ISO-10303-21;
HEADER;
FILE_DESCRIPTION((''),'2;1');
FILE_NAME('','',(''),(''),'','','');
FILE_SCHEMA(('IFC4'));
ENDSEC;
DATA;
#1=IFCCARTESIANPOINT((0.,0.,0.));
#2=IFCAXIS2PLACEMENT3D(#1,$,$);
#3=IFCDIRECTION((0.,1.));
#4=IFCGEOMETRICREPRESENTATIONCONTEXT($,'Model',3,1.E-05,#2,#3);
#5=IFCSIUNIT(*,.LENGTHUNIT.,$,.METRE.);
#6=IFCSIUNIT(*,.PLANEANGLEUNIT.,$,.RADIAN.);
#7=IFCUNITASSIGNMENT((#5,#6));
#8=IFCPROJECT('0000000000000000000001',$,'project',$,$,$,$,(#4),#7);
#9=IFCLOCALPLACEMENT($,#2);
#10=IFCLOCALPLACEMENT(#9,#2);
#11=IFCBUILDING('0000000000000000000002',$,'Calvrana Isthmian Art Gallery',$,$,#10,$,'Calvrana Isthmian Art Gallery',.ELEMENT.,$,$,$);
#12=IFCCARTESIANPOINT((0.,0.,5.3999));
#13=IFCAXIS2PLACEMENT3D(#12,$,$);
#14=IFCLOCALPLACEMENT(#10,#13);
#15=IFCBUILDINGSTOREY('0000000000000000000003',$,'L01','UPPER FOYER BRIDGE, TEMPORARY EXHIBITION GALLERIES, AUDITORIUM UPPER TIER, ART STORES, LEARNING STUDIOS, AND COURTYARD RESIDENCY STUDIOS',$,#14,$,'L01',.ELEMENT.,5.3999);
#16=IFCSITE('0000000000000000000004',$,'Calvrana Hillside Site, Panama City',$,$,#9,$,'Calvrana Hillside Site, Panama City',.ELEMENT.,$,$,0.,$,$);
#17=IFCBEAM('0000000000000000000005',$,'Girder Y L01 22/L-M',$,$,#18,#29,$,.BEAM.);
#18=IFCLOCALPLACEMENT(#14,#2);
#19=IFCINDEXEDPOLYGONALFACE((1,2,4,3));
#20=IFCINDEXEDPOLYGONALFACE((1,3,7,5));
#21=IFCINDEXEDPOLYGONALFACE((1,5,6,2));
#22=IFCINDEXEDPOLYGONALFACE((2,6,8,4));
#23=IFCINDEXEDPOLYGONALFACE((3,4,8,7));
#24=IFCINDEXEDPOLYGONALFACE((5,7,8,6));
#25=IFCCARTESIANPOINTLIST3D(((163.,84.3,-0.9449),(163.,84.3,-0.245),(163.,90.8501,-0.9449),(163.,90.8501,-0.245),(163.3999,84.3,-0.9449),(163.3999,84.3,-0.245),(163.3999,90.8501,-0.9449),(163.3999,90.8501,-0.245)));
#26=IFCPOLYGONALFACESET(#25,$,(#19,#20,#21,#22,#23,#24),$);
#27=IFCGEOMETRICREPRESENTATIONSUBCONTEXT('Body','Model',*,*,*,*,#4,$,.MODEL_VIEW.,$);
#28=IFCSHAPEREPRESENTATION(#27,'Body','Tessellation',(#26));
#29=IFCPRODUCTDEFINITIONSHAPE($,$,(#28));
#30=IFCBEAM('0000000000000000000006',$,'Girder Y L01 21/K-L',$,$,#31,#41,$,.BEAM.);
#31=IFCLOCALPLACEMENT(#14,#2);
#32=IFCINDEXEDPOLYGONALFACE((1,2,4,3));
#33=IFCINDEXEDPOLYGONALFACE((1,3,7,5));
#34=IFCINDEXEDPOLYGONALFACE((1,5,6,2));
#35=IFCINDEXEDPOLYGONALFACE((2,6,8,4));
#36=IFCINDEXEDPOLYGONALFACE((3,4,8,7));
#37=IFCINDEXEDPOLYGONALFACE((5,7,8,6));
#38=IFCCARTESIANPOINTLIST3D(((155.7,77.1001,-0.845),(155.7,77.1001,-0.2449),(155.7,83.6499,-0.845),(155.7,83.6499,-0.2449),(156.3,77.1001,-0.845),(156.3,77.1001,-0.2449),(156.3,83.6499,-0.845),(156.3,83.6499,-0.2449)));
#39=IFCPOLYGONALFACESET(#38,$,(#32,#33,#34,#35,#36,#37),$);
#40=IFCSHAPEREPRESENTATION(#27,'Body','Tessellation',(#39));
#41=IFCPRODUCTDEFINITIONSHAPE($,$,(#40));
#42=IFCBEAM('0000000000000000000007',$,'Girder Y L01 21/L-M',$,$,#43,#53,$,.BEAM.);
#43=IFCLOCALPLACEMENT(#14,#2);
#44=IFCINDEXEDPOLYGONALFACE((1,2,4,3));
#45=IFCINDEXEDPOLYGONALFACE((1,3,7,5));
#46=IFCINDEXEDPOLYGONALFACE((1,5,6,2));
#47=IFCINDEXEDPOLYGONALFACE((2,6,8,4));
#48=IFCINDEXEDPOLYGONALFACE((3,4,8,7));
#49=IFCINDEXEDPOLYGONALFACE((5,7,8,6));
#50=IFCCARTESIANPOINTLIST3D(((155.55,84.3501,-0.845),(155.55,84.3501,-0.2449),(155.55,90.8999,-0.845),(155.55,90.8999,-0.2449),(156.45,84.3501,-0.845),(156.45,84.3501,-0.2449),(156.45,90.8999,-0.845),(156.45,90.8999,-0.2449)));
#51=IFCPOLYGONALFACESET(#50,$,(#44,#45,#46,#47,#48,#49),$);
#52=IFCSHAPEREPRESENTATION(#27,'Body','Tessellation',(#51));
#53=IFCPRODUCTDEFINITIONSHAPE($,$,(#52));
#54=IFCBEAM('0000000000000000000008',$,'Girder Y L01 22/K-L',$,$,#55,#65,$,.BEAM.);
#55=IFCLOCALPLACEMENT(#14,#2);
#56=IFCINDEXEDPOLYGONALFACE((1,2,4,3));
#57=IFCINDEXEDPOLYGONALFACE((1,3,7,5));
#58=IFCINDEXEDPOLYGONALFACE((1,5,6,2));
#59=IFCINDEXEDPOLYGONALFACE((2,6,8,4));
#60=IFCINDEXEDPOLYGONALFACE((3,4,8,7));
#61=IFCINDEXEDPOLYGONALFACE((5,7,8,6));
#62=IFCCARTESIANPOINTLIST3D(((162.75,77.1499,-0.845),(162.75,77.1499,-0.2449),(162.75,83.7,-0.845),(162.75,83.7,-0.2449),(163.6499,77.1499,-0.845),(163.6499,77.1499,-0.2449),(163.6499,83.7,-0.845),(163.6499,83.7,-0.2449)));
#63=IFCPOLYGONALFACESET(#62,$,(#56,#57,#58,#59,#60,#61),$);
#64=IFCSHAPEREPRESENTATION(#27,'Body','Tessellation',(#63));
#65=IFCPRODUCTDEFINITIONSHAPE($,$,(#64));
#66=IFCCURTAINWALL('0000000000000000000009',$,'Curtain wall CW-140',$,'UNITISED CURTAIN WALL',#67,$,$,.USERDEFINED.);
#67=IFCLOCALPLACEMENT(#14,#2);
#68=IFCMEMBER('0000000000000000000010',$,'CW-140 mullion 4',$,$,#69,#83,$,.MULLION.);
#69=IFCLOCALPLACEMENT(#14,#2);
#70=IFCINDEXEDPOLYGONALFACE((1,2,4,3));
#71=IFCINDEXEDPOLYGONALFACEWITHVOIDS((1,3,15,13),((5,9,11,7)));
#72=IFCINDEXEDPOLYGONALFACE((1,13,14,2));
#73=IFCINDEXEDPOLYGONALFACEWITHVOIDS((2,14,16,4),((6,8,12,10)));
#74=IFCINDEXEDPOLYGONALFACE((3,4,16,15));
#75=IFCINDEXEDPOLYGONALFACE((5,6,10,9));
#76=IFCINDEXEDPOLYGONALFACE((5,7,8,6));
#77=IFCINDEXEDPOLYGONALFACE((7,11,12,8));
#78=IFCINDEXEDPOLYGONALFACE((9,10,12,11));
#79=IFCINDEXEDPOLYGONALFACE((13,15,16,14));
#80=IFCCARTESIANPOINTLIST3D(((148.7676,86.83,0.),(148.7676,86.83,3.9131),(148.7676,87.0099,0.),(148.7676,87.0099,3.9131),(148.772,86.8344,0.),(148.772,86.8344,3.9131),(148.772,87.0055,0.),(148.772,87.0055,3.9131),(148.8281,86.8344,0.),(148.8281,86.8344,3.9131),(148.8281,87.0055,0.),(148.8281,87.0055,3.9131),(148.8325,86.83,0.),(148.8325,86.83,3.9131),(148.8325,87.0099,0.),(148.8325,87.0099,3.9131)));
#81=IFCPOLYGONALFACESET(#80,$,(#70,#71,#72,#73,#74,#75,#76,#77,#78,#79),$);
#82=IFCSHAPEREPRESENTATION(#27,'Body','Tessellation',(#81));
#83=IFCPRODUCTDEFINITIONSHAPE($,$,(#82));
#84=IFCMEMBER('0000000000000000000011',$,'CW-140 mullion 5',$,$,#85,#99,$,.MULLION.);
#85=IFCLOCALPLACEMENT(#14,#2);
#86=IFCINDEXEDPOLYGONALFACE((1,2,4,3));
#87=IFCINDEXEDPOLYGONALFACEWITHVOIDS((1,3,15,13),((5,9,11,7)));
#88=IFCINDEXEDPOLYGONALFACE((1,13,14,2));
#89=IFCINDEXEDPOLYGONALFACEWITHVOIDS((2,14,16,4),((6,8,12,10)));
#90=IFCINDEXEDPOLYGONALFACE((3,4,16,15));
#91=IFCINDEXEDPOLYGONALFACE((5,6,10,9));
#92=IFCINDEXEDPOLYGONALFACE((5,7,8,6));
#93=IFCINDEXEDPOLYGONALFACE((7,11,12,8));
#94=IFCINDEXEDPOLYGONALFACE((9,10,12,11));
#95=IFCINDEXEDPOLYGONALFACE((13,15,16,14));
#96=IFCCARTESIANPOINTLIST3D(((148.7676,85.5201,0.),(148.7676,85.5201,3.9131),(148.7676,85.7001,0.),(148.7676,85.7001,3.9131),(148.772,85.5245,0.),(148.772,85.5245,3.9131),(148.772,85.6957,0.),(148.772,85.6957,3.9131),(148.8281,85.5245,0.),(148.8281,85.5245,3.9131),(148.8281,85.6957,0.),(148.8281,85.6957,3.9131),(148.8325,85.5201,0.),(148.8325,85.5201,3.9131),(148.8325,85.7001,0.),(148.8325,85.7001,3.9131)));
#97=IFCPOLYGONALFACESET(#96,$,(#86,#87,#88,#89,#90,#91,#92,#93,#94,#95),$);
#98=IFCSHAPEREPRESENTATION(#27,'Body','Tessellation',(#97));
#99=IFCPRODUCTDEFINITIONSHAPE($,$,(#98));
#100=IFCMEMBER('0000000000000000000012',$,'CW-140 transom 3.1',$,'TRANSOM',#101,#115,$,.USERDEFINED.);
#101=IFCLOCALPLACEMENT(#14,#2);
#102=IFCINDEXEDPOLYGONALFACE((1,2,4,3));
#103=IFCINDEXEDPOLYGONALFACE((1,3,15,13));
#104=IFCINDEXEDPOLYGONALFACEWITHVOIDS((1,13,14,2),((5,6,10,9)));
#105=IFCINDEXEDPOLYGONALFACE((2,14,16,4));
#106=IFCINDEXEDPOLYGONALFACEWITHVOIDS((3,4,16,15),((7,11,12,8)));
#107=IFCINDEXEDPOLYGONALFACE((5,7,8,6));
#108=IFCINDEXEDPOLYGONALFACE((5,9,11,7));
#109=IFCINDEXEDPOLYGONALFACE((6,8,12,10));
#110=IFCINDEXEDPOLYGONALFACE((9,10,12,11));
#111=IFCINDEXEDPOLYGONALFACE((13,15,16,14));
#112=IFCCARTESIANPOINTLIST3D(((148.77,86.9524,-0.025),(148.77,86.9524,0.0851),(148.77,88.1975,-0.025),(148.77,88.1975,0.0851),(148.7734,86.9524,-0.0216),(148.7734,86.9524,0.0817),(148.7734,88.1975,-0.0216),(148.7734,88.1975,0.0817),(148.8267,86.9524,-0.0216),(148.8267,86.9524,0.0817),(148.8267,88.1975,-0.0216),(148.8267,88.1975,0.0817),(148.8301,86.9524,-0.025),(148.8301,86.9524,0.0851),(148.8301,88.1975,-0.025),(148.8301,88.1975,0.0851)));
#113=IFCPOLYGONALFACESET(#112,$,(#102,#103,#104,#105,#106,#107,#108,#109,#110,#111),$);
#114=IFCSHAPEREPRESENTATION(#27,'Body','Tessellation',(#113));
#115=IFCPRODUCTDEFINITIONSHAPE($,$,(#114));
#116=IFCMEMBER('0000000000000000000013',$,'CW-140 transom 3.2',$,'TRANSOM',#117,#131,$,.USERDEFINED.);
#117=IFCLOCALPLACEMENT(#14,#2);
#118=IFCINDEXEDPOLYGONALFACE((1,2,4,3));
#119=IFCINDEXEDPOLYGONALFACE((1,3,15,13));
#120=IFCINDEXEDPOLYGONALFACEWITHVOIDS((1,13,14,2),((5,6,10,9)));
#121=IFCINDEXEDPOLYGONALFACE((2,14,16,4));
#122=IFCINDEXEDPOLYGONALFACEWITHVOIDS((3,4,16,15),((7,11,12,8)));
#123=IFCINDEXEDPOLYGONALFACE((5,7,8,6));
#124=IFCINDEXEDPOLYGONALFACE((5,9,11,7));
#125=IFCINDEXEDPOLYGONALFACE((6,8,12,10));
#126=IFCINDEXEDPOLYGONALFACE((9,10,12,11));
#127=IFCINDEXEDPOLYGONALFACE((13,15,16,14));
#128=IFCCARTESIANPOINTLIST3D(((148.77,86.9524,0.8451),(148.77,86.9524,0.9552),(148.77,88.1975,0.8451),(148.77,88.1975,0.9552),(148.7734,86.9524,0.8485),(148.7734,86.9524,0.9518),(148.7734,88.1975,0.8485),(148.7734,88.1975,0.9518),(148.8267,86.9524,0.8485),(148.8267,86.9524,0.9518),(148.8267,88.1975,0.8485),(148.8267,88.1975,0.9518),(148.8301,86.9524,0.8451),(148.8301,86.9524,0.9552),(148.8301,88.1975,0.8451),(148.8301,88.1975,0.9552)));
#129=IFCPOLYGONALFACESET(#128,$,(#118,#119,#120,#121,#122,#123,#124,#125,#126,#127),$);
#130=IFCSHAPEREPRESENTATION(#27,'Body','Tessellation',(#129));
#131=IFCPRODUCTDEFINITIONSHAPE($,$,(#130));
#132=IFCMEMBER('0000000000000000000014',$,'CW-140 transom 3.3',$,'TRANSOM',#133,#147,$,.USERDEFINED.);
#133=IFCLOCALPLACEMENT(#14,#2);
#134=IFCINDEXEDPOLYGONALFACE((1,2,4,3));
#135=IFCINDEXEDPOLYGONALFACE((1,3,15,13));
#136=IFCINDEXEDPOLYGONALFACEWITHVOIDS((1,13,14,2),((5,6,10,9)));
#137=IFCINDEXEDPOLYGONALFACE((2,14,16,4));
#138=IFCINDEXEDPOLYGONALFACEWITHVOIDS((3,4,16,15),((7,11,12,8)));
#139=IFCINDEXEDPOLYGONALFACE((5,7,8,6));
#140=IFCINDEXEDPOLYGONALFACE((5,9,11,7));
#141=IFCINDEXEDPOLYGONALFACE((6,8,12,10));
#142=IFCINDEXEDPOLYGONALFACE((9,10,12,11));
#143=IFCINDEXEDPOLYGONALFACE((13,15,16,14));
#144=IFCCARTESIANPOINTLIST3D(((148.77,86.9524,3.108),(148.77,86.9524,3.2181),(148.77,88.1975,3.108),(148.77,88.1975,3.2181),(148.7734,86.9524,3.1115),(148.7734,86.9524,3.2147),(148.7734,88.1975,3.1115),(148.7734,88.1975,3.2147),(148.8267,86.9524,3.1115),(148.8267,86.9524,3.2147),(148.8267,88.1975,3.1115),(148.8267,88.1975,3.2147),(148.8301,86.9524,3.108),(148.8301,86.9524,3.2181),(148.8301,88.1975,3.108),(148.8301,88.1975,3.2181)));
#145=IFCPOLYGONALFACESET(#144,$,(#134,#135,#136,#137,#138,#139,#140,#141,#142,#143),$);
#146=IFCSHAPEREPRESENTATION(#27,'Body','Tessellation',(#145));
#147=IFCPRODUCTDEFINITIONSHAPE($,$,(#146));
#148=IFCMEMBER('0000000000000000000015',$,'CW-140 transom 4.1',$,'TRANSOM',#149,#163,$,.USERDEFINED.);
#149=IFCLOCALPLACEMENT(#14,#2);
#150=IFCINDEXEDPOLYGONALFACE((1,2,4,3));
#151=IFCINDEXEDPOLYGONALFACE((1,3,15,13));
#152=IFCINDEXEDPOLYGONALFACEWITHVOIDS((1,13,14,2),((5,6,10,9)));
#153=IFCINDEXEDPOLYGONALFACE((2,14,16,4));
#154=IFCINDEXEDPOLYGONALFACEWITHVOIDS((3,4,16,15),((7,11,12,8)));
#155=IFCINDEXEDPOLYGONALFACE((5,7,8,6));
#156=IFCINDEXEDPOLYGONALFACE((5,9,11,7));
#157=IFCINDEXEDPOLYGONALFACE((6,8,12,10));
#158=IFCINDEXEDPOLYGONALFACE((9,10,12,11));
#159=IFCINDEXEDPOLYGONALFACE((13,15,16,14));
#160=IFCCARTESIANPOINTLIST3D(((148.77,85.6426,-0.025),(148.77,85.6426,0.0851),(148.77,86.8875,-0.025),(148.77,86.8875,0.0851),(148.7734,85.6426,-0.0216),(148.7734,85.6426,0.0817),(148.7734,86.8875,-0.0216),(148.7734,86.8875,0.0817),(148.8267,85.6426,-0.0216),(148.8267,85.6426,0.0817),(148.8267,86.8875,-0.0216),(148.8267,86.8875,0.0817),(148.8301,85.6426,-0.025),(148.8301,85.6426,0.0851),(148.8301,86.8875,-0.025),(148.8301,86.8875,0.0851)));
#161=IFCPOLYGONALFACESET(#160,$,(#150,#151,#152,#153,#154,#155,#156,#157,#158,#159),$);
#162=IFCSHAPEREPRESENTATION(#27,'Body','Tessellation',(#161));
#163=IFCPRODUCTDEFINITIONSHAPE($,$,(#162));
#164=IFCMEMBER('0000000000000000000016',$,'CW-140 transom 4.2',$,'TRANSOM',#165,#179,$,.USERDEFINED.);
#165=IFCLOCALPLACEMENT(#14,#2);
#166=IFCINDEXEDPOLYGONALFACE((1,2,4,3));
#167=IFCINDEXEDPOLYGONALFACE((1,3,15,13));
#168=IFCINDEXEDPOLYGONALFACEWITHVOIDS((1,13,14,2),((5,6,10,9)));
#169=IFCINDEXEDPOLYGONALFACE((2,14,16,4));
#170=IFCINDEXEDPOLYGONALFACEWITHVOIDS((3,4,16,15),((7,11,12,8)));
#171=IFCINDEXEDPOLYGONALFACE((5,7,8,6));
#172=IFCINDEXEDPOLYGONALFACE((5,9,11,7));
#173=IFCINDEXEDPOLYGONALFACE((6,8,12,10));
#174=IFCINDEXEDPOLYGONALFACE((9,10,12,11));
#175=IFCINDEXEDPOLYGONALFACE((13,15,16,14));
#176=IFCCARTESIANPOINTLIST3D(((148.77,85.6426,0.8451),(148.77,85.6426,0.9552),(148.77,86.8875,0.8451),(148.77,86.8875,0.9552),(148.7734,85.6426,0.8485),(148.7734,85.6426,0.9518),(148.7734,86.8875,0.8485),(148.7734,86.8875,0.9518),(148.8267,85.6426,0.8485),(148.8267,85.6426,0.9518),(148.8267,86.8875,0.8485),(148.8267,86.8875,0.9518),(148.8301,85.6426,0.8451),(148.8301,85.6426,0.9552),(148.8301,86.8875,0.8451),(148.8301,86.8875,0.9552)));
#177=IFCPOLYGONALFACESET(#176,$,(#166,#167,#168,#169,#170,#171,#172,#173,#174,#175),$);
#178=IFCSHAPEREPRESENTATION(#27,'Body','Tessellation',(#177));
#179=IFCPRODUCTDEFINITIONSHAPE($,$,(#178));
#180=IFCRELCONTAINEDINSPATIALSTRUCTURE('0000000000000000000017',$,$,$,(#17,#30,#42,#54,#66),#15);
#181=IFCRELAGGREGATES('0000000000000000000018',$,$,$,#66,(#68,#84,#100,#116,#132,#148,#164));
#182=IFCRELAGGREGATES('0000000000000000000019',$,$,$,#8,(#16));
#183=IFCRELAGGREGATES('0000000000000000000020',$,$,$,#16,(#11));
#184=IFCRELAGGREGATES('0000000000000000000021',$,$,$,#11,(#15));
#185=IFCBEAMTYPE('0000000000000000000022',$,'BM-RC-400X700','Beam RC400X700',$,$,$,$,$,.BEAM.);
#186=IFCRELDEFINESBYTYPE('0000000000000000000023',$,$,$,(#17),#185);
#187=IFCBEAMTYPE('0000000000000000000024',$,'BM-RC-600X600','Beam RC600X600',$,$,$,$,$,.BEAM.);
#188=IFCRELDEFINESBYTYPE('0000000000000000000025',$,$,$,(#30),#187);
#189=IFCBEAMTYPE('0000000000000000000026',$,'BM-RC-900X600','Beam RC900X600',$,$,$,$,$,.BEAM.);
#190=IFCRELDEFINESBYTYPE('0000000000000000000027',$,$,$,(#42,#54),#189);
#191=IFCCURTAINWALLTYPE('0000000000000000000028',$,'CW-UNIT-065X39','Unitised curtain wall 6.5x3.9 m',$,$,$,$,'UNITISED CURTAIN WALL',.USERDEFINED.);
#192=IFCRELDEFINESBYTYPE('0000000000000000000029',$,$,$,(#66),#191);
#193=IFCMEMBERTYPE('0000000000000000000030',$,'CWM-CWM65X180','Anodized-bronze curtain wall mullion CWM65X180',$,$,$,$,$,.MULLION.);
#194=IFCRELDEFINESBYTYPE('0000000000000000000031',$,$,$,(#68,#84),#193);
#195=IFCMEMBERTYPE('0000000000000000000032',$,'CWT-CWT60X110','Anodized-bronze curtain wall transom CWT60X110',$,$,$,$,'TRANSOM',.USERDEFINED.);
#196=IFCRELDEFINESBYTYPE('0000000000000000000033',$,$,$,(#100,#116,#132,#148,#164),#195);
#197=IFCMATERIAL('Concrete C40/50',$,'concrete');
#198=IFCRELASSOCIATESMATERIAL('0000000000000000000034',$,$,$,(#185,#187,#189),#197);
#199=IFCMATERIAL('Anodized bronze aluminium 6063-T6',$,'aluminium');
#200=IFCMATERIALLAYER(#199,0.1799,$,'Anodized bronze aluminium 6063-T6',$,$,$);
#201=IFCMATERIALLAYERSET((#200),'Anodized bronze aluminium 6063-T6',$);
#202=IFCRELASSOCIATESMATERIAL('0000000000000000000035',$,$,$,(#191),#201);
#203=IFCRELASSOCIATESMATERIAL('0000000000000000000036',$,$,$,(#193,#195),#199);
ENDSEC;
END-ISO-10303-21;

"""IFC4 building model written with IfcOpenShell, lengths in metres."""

from ifc_helpers import new_model, si_unit, direction, frame, origin, origin_2d, place, context, subcontext, project, spatial, rectangle, hollow_rectangle, extrude, material, layer, layer_set, material_profile, profile_set, type_object, element, aggregate, save


model = new_model("IFC4")

# Units and contexts
model_context = context("Model", 3, precision=1e-05, world=origin(), true_north=direction((0.0, 1.0)))
body_context = subcontext(model_context, "Body", "Model", "MODEL_VIEW")
ifc_project = project(units=[si_unit("LENGTHUNIT", "METRE"), si_unit("PLANEANGLEUNIT", "RADIAN")], contexts=[model_context])

# Site, building, storey
site_placement = place(None, origin())
site = spatial("IfcSite", under=ifc_project, at=site_placement, Name="Calvrana Hillside Site, Panama City", LongName="Calvrana Hillside Site, Panama City", CompositionType="ELEMENT", RefElevation=0.0)
building_placement = place(site_placement, origin())
building = spatial("IfcBuilding", under=site, at=building_placement, Name="Calvrana Isthmian Art Gallery", LongName="Calvrana Isthmian Art Gallery", CompositionType="ELEMENT")
storey_placement = place(building_placement, frame((0.0, 0.0, 5.3999)))
storey = spatial("IfcBuildingStorey", under=building, at=storey_placement, Name="L01", Description="UPPER FOYER BRIDGE, TEMPORARY EXHIBITION GALLERIES, AUDITORIUM UPPER TIER, ART STORES, LEARNING STUDIOS, AND COURTYARD RESIDENCY STUDIOS", LongName="L01", CompositionType="ELEMENT", Elevation=5.3999)

# Beams
ifc_material_1 = material(Name="Concrete C40/50", Category="concrete")
ifc_material_profile_1 = material_profile(ifc_material_1, rectangle(XDim=0.3999, YDim=0.7, at=origin_2d()), Name="RC400X700")
ifc_profile_set_1 = profile_set([ifc_material_profile_1], Name="Concrete C40/50")
beam_type_1 = type_object("IfcBeamType", Name="BM-RC-400X700", Description="Beam RC400X700", PredefinedType="BEAM", material=ifc_profile_set_1)
beam_1_placement = place(storey_placement, frame((163.2, 84.3, -0.595), z_axis=(0.0, 1.0, 0.0), x_axis=(-1.0, 0.0, 0.0)))
element("IfcBeam", 1, at=beam_1_placement, inside=storey, type_object=beam_type_1, Name="Girder Y L01 22/L-M", PredefinedType="BEAM", context=body_context, shape_type="SweptSolid", body=[
    extrude(rectangle(XDim=0.3999, YDim=0.7, at=origin_2d()), origin(), (0.0, 0.0, 1.0), 6.55),
])
ifc_material_profile_2 = material_profile(ifc_material_1, rectangle(XDim=0.6001, YDim=0.6001, at=origin_2d()), Name="RC600X600")
ifc_profile_set_2 = profile_set([ifc_material_profile_2], Name="Concrete C40/50")
beam_type_2 = type_object("IfcBeamType", Name="BM-RC-600X600", Description="Beam RC600X600", PredefinedType="BEAM", material=ifc_profile_set_2)
beam_2_placement = place(storey_placement, frame((156.0, 77.1001, -0.5449), z_axis=(0.0, 1.0, 0.0), x_axis=(-1.0, 0.0, 0.0)))
element("IfcBeam", 2, at=beam_2_placement, inside=storey, type_object=beam_type_2, Name="Girder Y L01 21/K-L", PredefinedType="BEAM", context=body_context, shape_type="SweptSolid", body=[
    extrude(rectangle(XDim=0.6001, YDim=0.6001, at=origin_2d()), origin(), (0.0, 0.0, 1.0), 6.5498),
])
ifc_material_profile_3 = material_profile(ifc_material_1, rectangle(XDim=0.8999, YDim=0.6001, at=origin_2d()), Name="RC900X600")
ifc_profile_set_3 = profile_set([ifc_material_profile_3], Name="Concrete C40/50")
beam_type_3 = type_object("IfcBeamType", Name="BM-RC-900X600", Description="Beam RC900X600", PredefinedType="BEAM", material=ifc_profile_set_3)
beam_3_placement = place(storey_placement, frame((156.0, 84.3501, -0.5449), z_axis=(0.0, 1.0, 0.0), x_axis=(-1.0, 0.0, 0.0)))
element("IfcBeam", 3, at=beam_3_placement, inside=storey, type_object=beam_type_3, Name="Girder Y L01 21/L-M", PredefinedType="BEAM", context=body_context, shape_type="SweptSolid", body=[
    extrude(rectangle(XDim=0.8999, YDim=0.6001, at=origin_2d()), origin(), (0.0, 0.0, 1.0), 6.5498),
])
beam_4_placement = place(storey_placement, frame((163.2, 77.1499, -0.5449), z_axis=(0.0, 1.0, 0.0), x_axis=(-1.0, 0.0, 0.0)))
element("IfcBeam", 4, at=beam_4_placement, inside=storey, type_object=beam_type_3, Name="Girder Y L01 22/K-L", PredefinedType="BEAM", context=body_context, shape_type="SweptSolid", body=[
    extrude(rectangle(XDim=0.8999, YDim=0.6001, at=origin_2d()), origin(), (0.0, 0.0, 1.0), 6.55),
])

# Curtain wall, members
ifc_material_2 = material(Name="Anodized bronze aluminium 6063-T6", Category="aluminium")
ifc_layer_1 = layer(ifc_material_2, 0.1799, Name="Anodized bronze aluminium 6063-T6")
ifc_layer_set_1 = layer_set([ifc_layer_1], Name="Anodized bronze aluminium 6063-T6")
curtain_wall_type = type_object("IfcCurtainWallType", Name="CW-UNIT-065X39", Description="Unitised curtain wall 6.5x3.9 m", ElementType="UNITISED CURTAIN WALL", PredefinedType="USERDEFINED", material=ifc_layer_set_1)
curtain_wall_placement = place(storey_placement, origin())
curtain_wall = element("IfcCurtainWall", 5, at=curtain_wall_placement, inside=storey, type_object=curtain_wall_type, Name="Curtain wall CW-140", ObjectType="UNITISED CURTAIN WALL", PredefinedType="USERDEFINED")
ifc_material_profile_4 = material_profile(ifc_material_2, hollow_rectangle(XDim=0.0649, YDim=0.1799, WallThickness=0.0044, at=origin_2d()), Name="CWM65X180")
ifc_profile_set_4 = profile_set([ifc_material_profile_4], Name="Anodized bronze aluminium 6063-T6")
member_type_1 = type_object("IfcMemberType", Name="CWM-CWM65X180", Description="Anodized-bronze curtain wall mullion CWM65X180", PredefinedType="MULLION", material=ifc_profile_set_4)
member_1_placement = place(storey_placement, frame((148.8, 86.9199, 0.0), z_axis=(0.0, 0.0, 1.0), x_axis=(1.0, 0.0, 0.0)))
member_1 = element("IfcMember", 6, at=member_1_placement, type_object=member_type_1, Name="CW-140 mullion 4", PredefinedType="MULLION", context=body_context, shape_type="SweptSolid", body=[
    extrude(hollow_rectangle(XDim=0.0649, YDim=0.1799, WallThickness=0.0044, at=origin_2d()), origin(), (0.0, 0.0, 1.0), 3.9131),
])
member_2_placement = place(storey_placement, frame((148.8, 85.6101, 0.0), z_axis=(0.0, 0.0, 1.0), x_axis=(1.0, 0.0, 0.0)))
member_2 = element("IfcMember", 7, at=member_2_placement, type_object=member_type_1, Name="CW-140 mullion 5", PredefinedType="MULLION", context=body_context, shape_type="SweptSolid", body=[
    extrude(hollow_rectangle(XDim=0.0649, YDim=0.1799, WallThickness=0.0044, at=origin_2d()), origin(), (0.0, 0.0, 1.0), 3.9131),
])
ifc_material_profile_5 = material_profile(ifc_material_2, hollow_rectangle(XDim=0.0601, YDim=0.1101, WallThickness=0.0034, at=origin_2d()), Name="CWT60X110")
ifc_profile_set_5 = profile_set([ifc_material_profile_5], Name="Anodized bronze aluminium 6063-T6")
member_type_2 = type_object("IfcMemberType", Name="CWT-CWT60X110", Description="Anodized-bronze curtain wall transom CWT60X110", ElementType="TRANSOM", PredefinedType="USERDEFINED", material=ifc_profile_set_5)
member_3_placement = place(storey_placement, frame((148.8, 88.1975, 0.03), z_axis=(0.0, -1.0, 0.0), x_axis=(1.0, 0.0, 0.0)))
member_3 = element("IfcMember", 8, at=member_3_placement, type_object=member_type_2, Name="CW-140 transom 3.1", ObjectType="TRANSOM", PredefinedType="USERDEFINED", context=body_context, shape_type="SweptSolid", body=[
    extrude(hollow_rectangle(XDim=0.0601, YDim=0.1101, WallThickness=0.0034, at=origin_2d()), origin(), (0.0, 0.0, 1.0), 1.2451),
])
member_4_placement = place(storey_placement, frame((148.8, 88.1975, 0.9001), z_axis=(0.0, -1.0, 0.0), x_axis=(1.0, 0.0, 0.0)))
member_4 = element("IfcMember", 9, at=member_4_placement, type_object=member_type_2, Name="CW-140 transom 3.2", ObjectType="TRANSOM", PredefinedType="USERDEFINED", context=body_context, shape_type="SweptSolid", body=[
    extrude(hollow_rectangle(XDim=0.0601, YDim=0.1101, WallThickness=0.0034, at=origin_2d()), origin(), (0.0, 0.0, 1.0), 1.2451),
])
member_5_placement = place(storey_placement, frame((148.8, 88.1975, 3.1631), z_axis=(0.0, -1.0, 0.0), x_axis=(1.0, 0.0, 0.0)))
member_5 = element("IfcMember", 10, at=member_5_placement, type_object=member_type_2, Name="CW-140 transom 3.3", ObjectType="TRANSOM", PredefinedType="USERDEFINED", context=body_context, shape_type="SweptSolid", body=[
    extrude(hollow_rectangle(XDim=0.0601, YDim=0.1101, WallThickness=0.0034, at=origin_2d()), origin(), (0.0, 0.0, 1.0), 1.2451),
])
member_6_placement = place(storey_placement, frame((148.8, 86.8875, 0.03), z_axis=(0.0, -1.0, 0.0), x_axis=(1.0, 0.0, 0.0)))
member_6 = element("IfcMember", 11, at=member_6_placement, type_object=member_type_2, Name="CW-140 transom 4.1", ObjectType="TRANSOM", PredefinedType="USERDEFINED", context=body_context, shape_type="SweptSolid", body=[
    extrude(hollow_rectangle(XDim=0.0601, YDim=0.1101, WallThickness=0.0034, at=origin_2d()), origin(), (0.0, 0.0, 1.0), 1.2449),
])
member_7_placement = place(storey_placement, frame((148.8, 86.8875, 0.9001), z_axis=(0.0, -1.0, 0.0), x_axis=(1.0, 0.0, 0.0)))
member_7 = element("IfcMember", 12, at=member_7_placement, type_object=member_type_2, Name="CW-140 transom 4.2", ObjectType="TRANSOM", PredefinedType="USERDEFINED", context=body_context, shape_type="SweptSolid", body=[
    extrude(hollow_rectangle(XDim=0.0601, YDim=0.1101, WallThickness=0.0034, at=origin_2d()), origin(), (0.0, 0.0, 1.0), 1.2449),
])
aggregate(curtain_wall, [member_1, member_2, member_3, member_4, member_5, member_6, member_7])

save(model, "model.ifc")
